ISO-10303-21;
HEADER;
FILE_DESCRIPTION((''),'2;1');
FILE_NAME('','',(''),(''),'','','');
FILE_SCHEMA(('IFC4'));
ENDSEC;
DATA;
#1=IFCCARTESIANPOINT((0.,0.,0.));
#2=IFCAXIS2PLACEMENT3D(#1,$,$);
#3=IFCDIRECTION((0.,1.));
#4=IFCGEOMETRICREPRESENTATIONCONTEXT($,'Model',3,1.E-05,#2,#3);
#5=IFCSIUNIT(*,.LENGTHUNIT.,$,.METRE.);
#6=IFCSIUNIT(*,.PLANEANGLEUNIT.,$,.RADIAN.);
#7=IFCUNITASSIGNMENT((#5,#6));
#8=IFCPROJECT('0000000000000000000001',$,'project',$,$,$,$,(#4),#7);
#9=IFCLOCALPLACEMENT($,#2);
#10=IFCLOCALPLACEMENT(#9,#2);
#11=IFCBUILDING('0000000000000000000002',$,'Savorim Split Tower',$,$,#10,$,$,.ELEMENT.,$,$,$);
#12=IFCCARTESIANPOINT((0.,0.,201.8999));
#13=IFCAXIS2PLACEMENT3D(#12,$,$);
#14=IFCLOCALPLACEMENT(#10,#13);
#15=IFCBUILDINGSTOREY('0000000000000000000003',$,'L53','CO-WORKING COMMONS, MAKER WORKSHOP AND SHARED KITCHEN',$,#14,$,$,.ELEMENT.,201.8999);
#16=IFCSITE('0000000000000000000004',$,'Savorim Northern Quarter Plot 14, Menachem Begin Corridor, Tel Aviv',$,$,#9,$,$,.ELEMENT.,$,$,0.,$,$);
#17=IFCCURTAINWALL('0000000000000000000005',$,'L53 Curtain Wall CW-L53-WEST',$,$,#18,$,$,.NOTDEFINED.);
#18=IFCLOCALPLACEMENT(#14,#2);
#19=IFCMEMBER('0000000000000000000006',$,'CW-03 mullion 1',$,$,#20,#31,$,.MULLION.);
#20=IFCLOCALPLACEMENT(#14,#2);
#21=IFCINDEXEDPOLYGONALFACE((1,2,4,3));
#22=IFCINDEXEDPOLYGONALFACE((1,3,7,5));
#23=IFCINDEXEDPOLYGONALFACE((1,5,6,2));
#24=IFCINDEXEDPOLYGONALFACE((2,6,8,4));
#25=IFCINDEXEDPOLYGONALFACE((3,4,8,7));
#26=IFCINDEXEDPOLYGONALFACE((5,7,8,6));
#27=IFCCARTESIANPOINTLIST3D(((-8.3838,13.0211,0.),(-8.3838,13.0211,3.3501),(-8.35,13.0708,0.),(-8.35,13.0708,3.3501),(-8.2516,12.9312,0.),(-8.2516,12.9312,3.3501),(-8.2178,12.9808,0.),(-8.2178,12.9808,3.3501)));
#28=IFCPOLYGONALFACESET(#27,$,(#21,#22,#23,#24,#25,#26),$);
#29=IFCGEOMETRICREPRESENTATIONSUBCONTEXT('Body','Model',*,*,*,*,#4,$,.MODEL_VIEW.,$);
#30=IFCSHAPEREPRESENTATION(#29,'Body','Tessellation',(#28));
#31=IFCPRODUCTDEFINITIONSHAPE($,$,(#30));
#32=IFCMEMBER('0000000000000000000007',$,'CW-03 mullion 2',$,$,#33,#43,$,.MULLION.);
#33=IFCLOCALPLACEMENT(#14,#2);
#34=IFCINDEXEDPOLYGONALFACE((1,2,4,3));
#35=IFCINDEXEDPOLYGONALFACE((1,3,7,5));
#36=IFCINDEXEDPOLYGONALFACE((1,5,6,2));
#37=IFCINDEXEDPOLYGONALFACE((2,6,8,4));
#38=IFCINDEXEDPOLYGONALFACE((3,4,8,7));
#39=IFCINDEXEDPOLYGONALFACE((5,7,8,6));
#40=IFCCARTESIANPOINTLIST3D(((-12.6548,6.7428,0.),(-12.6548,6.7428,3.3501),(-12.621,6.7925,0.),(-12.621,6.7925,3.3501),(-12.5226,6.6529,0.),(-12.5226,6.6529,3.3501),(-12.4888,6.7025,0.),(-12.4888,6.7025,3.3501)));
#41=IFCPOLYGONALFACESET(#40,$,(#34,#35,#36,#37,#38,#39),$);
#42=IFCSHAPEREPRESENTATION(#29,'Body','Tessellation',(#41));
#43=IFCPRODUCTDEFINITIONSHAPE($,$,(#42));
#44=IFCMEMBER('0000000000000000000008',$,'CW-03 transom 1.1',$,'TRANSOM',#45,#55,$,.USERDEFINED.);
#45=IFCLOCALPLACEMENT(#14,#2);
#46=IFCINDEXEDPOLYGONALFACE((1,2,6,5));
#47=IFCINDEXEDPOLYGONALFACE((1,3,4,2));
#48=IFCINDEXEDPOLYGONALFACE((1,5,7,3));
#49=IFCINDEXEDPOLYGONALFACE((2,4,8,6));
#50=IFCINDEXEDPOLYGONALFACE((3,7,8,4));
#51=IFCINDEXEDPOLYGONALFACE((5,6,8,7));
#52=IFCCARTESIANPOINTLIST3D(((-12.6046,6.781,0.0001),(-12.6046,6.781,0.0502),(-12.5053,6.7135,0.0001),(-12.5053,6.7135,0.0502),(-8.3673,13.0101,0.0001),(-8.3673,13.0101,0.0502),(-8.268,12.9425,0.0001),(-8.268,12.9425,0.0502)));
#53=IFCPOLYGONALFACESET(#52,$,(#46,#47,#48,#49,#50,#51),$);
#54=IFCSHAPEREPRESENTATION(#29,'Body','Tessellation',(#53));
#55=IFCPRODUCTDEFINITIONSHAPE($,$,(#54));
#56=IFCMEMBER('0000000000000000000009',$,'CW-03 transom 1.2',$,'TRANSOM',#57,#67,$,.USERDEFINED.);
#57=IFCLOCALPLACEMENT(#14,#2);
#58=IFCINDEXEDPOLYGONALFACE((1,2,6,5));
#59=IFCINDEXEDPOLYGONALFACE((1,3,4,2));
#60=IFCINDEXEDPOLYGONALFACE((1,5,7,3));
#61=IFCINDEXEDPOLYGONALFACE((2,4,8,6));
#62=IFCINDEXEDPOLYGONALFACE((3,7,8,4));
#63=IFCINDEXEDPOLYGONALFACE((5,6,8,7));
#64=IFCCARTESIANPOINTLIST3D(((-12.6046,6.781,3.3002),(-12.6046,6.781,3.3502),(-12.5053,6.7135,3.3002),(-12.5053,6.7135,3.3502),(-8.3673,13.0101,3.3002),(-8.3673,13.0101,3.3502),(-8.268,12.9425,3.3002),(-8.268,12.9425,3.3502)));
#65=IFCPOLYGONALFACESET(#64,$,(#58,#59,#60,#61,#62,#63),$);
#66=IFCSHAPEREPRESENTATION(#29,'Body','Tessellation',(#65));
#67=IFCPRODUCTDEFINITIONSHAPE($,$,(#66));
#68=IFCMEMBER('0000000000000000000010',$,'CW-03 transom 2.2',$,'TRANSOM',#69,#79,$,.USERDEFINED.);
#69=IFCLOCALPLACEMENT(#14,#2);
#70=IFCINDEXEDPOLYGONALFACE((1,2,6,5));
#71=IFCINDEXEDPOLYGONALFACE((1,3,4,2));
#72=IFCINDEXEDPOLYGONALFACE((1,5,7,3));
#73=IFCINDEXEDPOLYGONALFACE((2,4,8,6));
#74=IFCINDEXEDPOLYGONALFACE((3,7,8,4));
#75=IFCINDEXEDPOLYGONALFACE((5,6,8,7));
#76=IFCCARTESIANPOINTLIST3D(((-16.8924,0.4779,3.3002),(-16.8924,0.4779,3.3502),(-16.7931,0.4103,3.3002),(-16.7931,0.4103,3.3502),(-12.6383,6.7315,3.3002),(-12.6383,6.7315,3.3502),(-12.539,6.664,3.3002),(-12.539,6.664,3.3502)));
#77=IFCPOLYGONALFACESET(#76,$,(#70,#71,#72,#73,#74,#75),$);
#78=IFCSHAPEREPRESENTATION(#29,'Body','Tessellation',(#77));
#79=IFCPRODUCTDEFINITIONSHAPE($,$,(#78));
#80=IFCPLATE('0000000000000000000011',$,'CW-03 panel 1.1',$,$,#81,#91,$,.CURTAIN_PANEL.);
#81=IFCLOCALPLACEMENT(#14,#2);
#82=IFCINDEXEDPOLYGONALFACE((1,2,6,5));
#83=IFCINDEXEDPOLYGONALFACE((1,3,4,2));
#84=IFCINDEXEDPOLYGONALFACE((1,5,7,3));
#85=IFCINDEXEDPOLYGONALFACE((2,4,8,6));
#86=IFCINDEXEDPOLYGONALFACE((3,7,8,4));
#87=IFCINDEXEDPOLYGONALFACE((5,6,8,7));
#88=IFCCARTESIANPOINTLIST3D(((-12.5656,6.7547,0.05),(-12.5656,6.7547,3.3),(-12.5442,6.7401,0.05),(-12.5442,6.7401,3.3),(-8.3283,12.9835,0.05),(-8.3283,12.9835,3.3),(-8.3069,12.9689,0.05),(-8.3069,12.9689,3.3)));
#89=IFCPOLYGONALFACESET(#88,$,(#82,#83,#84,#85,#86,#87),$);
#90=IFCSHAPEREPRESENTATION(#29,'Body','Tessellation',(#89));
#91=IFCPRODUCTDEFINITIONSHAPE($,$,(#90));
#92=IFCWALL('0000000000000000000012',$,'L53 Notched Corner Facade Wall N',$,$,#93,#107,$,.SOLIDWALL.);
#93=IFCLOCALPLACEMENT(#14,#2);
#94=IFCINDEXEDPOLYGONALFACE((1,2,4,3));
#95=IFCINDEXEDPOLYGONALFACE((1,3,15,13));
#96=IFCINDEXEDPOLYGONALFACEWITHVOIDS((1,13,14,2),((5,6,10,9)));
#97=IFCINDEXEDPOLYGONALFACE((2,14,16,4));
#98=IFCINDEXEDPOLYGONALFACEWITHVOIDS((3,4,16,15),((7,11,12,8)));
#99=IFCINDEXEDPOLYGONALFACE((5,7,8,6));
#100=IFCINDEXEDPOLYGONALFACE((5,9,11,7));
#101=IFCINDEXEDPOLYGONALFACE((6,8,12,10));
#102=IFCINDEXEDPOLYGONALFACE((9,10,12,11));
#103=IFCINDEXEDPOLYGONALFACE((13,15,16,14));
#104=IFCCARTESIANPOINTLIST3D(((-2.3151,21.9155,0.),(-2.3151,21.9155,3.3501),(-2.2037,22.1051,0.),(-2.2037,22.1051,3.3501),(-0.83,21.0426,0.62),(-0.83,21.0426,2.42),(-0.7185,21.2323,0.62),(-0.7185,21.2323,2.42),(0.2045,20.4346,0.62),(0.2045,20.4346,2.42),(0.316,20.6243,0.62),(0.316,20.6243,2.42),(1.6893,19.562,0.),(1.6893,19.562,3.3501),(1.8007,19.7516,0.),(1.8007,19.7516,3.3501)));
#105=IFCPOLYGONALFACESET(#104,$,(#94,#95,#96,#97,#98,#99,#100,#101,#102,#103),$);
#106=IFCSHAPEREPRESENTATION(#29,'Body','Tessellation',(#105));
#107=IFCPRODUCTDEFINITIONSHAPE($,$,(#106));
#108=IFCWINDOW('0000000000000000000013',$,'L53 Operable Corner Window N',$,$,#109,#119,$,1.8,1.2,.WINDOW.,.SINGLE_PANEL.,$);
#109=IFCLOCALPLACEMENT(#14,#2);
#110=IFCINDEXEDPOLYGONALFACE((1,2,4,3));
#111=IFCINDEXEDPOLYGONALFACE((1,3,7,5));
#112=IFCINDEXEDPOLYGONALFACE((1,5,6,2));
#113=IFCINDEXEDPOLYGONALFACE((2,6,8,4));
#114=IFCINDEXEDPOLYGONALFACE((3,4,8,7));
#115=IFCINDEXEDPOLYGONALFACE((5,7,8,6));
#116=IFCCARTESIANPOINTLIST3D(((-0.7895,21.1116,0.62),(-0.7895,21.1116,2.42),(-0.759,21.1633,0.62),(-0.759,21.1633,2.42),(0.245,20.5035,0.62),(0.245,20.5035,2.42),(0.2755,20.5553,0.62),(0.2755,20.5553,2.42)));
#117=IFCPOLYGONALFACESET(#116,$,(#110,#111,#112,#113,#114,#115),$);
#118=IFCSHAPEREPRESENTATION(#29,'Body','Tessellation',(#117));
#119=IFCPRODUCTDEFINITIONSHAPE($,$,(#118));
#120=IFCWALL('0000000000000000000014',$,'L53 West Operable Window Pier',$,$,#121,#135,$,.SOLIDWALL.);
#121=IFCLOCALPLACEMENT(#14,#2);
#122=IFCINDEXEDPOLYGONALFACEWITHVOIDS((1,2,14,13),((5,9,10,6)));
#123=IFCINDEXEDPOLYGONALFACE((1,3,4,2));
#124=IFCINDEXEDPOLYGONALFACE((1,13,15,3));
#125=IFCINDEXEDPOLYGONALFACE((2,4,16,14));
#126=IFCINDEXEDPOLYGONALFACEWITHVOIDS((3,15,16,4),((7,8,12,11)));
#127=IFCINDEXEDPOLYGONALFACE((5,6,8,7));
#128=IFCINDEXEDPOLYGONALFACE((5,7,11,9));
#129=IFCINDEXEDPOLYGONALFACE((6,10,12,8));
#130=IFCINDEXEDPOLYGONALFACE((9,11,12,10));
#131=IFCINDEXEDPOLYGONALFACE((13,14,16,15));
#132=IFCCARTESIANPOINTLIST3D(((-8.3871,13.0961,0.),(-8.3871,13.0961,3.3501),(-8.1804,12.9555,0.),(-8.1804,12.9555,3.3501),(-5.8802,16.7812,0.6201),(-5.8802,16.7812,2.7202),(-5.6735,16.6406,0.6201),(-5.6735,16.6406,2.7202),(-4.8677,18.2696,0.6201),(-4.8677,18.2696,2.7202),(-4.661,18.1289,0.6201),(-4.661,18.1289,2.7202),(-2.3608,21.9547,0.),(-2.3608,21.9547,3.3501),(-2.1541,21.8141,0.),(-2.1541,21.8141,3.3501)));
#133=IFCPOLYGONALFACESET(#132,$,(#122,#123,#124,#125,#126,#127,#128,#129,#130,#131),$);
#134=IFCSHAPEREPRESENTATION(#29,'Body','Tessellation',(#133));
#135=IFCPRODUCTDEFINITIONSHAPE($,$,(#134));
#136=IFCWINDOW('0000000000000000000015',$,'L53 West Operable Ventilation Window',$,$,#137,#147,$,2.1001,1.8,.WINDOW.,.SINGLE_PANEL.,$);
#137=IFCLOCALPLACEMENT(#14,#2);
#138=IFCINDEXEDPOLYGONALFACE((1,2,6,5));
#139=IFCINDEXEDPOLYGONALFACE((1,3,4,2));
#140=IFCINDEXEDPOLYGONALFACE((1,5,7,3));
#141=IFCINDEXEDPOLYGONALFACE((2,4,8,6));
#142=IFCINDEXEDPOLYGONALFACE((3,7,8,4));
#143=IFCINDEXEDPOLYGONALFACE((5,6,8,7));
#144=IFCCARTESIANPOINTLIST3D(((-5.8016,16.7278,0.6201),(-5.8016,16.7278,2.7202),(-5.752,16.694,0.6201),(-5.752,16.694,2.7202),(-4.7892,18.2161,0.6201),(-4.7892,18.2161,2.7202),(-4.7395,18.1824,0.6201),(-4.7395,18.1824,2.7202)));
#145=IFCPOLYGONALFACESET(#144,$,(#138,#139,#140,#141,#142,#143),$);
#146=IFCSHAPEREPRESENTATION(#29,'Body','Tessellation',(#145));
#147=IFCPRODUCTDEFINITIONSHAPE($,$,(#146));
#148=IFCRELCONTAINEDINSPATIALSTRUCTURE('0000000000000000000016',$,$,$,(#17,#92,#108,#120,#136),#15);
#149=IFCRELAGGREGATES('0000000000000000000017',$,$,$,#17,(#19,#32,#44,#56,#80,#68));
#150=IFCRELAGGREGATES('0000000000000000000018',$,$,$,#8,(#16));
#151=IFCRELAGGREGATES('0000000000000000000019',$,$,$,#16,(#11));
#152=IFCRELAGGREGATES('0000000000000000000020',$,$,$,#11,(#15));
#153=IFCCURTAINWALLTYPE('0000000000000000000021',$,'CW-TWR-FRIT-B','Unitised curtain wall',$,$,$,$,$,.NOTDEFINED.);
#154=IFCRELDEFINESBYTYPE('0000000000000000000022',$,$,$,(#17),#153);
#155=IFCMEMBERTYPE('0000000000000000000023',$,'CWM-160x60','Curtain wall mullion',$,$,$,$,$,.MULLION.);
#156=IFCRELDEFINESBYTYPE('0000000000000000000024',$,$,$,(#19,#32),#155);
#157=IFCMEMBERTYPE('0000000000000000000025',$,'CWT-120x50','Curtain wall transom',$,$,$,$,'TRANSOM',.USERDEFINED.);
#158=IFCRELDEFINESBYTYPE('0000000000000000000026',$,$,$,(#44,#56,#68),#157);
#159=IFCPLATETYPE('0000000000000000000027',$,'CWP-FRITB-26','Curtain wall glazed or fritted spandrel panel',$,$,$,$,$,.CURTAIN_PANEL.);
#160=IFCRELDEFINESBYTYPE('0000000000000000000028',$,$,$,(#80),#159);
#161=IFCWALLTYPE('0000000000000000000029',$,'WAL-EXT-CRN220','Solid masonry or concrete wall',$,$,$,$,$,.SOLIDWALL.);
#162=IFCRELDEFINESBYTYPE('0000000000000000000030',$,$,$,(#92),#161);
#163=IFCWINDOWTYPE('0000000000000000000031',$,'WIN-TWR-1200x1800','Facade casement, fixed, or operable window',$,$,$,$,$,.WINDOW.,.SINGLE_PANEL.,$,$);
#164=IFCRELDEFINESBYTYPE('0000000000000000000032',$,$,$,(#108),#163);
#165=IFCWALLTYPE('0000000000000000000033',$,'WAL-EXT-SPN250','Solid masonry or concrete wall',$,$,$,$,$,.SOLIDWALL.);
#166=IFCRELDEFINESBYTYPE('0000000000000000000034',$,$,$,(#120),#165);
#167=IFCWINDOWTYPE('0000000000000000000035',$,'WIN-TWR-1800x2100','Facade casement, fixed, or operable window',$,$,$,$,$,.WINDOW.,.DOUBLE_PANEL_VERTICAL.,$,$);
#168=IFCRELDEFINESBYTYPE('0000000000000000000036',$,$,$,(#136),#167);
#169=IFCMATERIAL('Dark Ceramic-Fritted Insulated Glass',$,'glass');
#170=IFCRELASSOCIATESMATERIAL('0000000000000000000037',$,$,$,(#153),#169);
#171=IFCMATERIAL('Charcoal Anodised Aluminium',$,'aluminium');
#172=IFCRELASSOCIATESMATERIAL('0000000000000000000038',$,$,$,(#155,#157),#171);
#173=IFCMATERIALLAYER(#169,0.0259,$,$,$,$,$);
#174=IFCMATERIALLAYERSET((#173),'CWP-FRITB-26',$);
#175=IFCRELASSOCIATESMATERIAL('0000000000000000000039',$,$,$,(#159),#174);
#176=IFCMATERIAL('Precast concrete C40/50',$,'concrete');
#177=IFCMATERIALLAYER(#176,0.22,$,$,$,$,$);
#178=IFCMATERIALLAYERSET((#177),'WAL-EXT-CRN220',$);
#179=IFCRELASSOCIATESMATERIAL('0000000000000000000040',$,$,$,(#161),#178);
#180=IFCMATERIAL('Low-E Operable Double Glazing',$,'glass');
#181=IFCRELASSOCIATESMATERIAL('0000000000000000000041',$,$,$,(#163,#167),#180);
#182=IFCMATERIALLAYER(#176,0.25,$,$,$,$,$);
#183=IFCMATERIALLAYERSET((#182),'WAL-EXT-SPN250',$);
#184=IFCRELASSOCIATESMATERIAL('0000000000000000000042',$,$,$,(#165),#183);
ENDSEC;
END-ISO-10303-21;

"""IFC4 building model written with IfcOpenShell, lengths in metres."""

from ifc_helpers import new_model, si_unit, direction, frame, frame_2d, origin, origin_2d, place, context, subcontext, project, spatial, rectangle, extrude, material, layer, layer_set, material_profile, profile_set, type_object, element, fill, aggregate, save


model = new_model("IFC4")

# Units and contexts
model_context = context("Model", 3, precision=1e-05, world=origin(), true_north=direction((0.0, 1.0)))
body_context = subcontext(model_context, "Body", "Model", "MODEL_VIEW")
ifc_project = project(units=[si_unit("LENGTHUNIT", "METRE"), si_unit("PLANEANGLEUNIT", "RADIAN")], contexts=[model_context])

# Site, building, storey
site_placement = place(None, origin())
site = spatial("IfcSite", under=ifc_project, at=site_placement, Name="Savorim Northern Quarter Plot 14, Menachem Begin Corridor, Tel Aviv", CompositionType="ELEMENT", RefElevation=0.0)
building_placement = place(site_placement, origin())
building = spatial("IfcBuilding", under=site, at=building_placement, Name="Savorim Split Tower", CompositionType="ELEMENT")
storey_placement = place(building_placement, frame((0.0, 0.0, 201.8999)))
storey = spatial("IfcBuildingStorey", under=building, at=storey_placement, Name="L53", Description="CO-WORKING COMMONS, MAKER WORKSHOP AND SHARED KITCHEN", CompositionType="ELEMENT", Elevation=201.8999)

# Curtain wall, members, plate
ifc_material_1 = material(Name="Dark Ceramic-Fritted Insulated Glass", Category="glass")
curtain_wall_type = type_object("IfcCurtainWallType", Name="CW-TWR-FRIT-B", Description="Unitised curtain wall", PredefinedType="NOTDEFINED", material=ifc_material_1)
curtain_wall_placement = place(storey_placement, origin())
curtain_wall = element("IfcCurtainWall", 1, at=curtain_wall_placement, inside=storey, type_object=curtain_wall_type, Name="L53 Curtain Wall CW-L53-WEST", PredefinedType="NOTDEFINED")
ifc_material_2 = material(Name="Charcoal Anodised Aluminium", Category="aluminium")
ifc_material_profile_1 = material_profile(ifc_material_2, rectangle(XDim=0.1599, YDim=0.0601, at=origin_2d()), Name="ALU-M 160x60")
ifc_profile_set_1 = profile_set([ifc_material_profile_1], Name="Charcoal Anodised Aluminium")
member_type_1 = type_object("IfcMemberType", Name="CWM-160x60", Description="Curtain wall mullion", PredefinedType="MULLION", material=ifc_profile_set_1)
member_1_placement = place(storey_placement, frame((-8.3008, 13.001, 0.0), z_axis=(0.0, 0.0, 1.0), x_axis=(0.826821, -0.562465, 0.0)))
member_1 = element("IfcMember", 2, at=member_1_placement, type_object=member_type_1, Name="CW-03 mullion 1", PredefinedType="MULLION", context=body_context, shape_type="SweptSolid", body=[
    extrude(rectangle(XDim=0.1599, YDim=0.0601, at=origin_2d()), origin(), (0.0, 0.0, 1.0), 3.3501),
])
member_2_placement = place(storey_placement, frame((-12.5718, 6.7227, 0.0), z_axis=(0.0, 0.0, 1.0), x_axis=(0.826821, -0.562465, 0.0)))
member_2 = element("IfcMember", 3, at=member_2_placement, type_object=member_type_1, Name="CW-03 mullion 2", PredefinedType="MULLION", context=body_context, shape_type="SweptSolid", body=[
    extrude(rectangle(XDim=0.1599, YDim=0.0601, at=origin_2d()), origin(), (0.0, 0.0, 1.0), 3.3501),
])
ifc_material_profile_2 = material_profile(ifc_material_2, rectangle(XDim=0.1201, YDim=0.05, at=origin_2d()), Name="ALU-T 120x50")
ifc_profile_set_2 = profile_set([ifc_material_profile_2], Name="Charcoal Anodised Aluminium")
member_type_2 = type_object("IfcMemberType", Name="CWT-120x50", Description="Curtain wall transom", ElementType="TRANSOM", PredefinedType="USERDEFINED", material=ifc_profile_set_2)
member_3_placement = place(storey_placement, frame((-8.3176, 12.9763, 0.0251), z_axis=(-0.562454, -0.826829, 0.0), x_axis=(0.826829, -0.562454, 0.0)))
member_3 = element("IfcMember", 4, at=member_3_placement, type_object=member_type_2, Name="CW-03 transom 1.1", ObjectType="TRANSOM", PredefinedType="USERDEFINED", context=body_context, shape_type="SweptSolid", body=[
    extrude(rectangle(XDim=0.1201, YDim=0.05, at=origin_2d()), origin(), (0.0, 0.0, 1.0), 7.5337),
])
member_4_placement = place(storey_placement, frame((-8.3176, 12.9763, 3.3252), z_axis=(-0.562454, -0.826829, 0.0), x_axis=(0.826829, -0.562454, 0.0)))
member_4 = element("IfcMember", 5, at=member_4_placement, type_object=member_type_2, Name="CW-03 transom 1.2", ObjectType="TRANSOM", PredefinedType="USERDEFINED", context=body_context, shape_type="SweptSolid", body=[
    extrude(rectangle(XDim=0.1201, YDim=0.05, at=origin_2d()), origin(), (0.0, 0.0, 1.0), 7.5337),
])
member_5_placement = place(storey_placement, frame((-12.5886, 6.6978, 3.3252), z_axis=(-0.56246, -0.826824, 0.0), x_axis=(0.826824, -0.56246, 0.0)))
member_5 = element("IfcMember", 6, at=member_5_placement, type_object=member_type_2, Name="CW-03 transom 2.2", ObjectType="TRANSOM", PredefinedType="USERDEFINED", context=body_context, shape_type="SweptSolid", body=[
    extrude(rectangle(XDim=0.1201, YDim=0.05, at=origin_2d()), origin(), (0.0, 0.0, 1.0), 7.5635),
])
ifc_layer_1 = layer(ifc_material_1, 0.0259)
ifc_layer_set_1 = layer_set([ifc_layer_1], Name="CWP-FRITB-26")
plate_type = type_object("IfcPlateType", Name="CWP-FRITB-26", Description="Curtain wall glazed or fritted spandrel panel", PredefinedType="CURTAIN_PANEL", material=ifc_layer_set_1)
plate_placement = place(storey_placement, frame((-10.4363, 9.8618, 0.05), z_axis=(0.0, 0.0, 1.0), x_axis=(-0.562465, -0.826821, 0.0)))
plate = element("IfcPlate", 7, at=plate_placement, type_object=plate_type, Name="CW-03 panel 1.1", PredefinedType="CURTAIN_PANEL", context=body_context, shape_type="SweptSolid", body=[
    extrude(rectangle(XDim=7.5334, YDim=0.0259, at=origin_2d()), origin(), (0.0, 0.0, 1.0), 3.25),
])
aggregate(curtain_wall, [member_1, member_2, member_3, member_4, plate, member_5])

# Walls, openings, windows
ifc_material_3 = material(Name="Precast concrete C40/50", Category="concrete")
ifc_layer_2 = layer(ifc_material_3, 0.22)
ifc_layer_set_2 = layer_set([ifc_layer_2], Name="WAL-EXT-CRN220")
wall_type_1 = type_object("IfcWallType", Name="WAL-EXT-CRN220", Description="Solid masonry or concrete wall", PredefinedType="SOLIDWALL", material=ifc_layer_set_2)
wall_1_placement = place(storey_placement, frame((-2.2593, 22.0103, 0.0), z_axis=(0.0, 0.0, 1.0), x_axis=(0.862123, -0.506699, 0.0)))
wall_1 = element("IfcWall", 8, at=wall_1_placement, inside=storey, type_object=wall_type_1, Name="L53 Notched Corner Facade Wall N", PredefinedType="SOLIDWALL", context=body_context, shape_type="SweptSolid", body=[
    extrude(rectangle(XDim=4.6448, YDim=0.22, at=frame_2d((2.3223, 0.0))), origin(), (0.0, 0.0, 1.0), 3.3501),
])
opening_1_placement = place(wall_1_placement, frame((1.7224, 0.0, 0.6201)))
opening_1 = element("IfcOpeningElement", 9, at=opening_1_placement, cuts=wall_1, PredefinedType="OPENING", context=body_context, shape_type="SweptSolid", body=[
    extrude(rectangle(XDim=1.2, YDim=1.8, at=frame_2d((0.6001, 0.8999))), frame((0.0, 0.1199, 0.0), z_axis=(0.0, -1.0, 0.0), x_axis=(1.0, 0.0, 0.0)), (0.0, 0.0, 1.0), 0.24),
])
ifc_material_4 = material(Name="Low-E Operable Double Glazing", Category="glass")
window_type_1 = type_object("IfcWindowType", Name="WIN-TWR-1200x1800", Description="Facade casement, fixed, or operable window", PartitioningType="SINGLE_PANEL", PredefinedType="WINDOW", material=ifc_material_4)
window_1_placement = place(opening_1_placement, origin())
window_1 = element("IfcWindow", 10, at=window_1_placement, inside=storey, type_object=window_type_1, Name="L53 Operable Corner Window N", OverallHeight=1.8, OverallWidth=1.2, PartitioningType="SINGLE_PANEL", PredefinedType="WINDOW", context=body_context, shape_type="SweptSolid", body=[
    extrude(rectangle(XDim=1.2, YDim=1.8, at=frame_2d((0.6001, 0.8999))), frame((0.0, 0.03, 0.0), z_axis=(0.0, -1.0, 0.0), x_axis=(1.0, 0.0, 0.0)), (0.0, 0.0, 1.0), 0.0601),
])
fill(opening_1, window_1)
ifc_layer_3 = layer(ifc_material_3, 0.25)
ifc_layer_set_3 = layer_set([ifc_layer_3], Name="WAL-EXT-SPN250")
wall_type_2 = type_object("IfcWallType", Name="WAL-EXT-SPN250", Description="Solid masonry or concrete wall", PredefinedType="SOLIDWALL", material=ifc_layer_set_3)
wall_2_placement = place(storey_placement, frame((-8.2837, 13.0259, 0.0), z_axis=(0.0, 0.0, 1.0), x_axis=(0.562469, 0.826818, 0.0)))
wall_2 = element("IfcWall", 11, at=wall_2_placement, inside=storey, type_object=wall_type_2, Name="L53 West Operable Window Pier", PredefinedType="SOLIDWALL", context=body_context, shape_type="SweptSolid", body=[
    extrude(rectangle(XDim=10.7141, YDim=0.25, at=frame_2d((5.3569, 0.0))), origin(), (0.0, 0.0, 1.0), 3.3501),
])
opening_2_placement = place(wall_2_placement, frame((4.457, 0.0, 0.6201)))
opening_2 = element("IfcOpeningElement", 12, at=opening_2_placement, cuts=wall_2, PredefinedType="OPENING", context=body_context, shape_type="SweptSolid", body=[
    extrude(rectangle(XDim=1.8, YDim=2.1001, at=frame_2d((0.8999, 1.05))), frame((0.0, 0.135, 0.0), z_axis=(0.0, -1.0, 0.0), x_axis=(1.0, 0.0, 0.0)), (0.0, 0.0, 1.0), 0.27),
])
window_type_2 = type_object("IfcWindowType", Name="WIN-TWR-1800x2100", Description="Facade casement, fixed, or operable window", PartitioningType="DOUBLE_PANEL_VERTICAL", PredefinedType="WINDOW", material=ifc_material_4)
window_2_placement = place(opening_2_placement, origin())
window_2 = element("IfcWindow", 13, at=window_2_placement, inside=storey, type_object=window_type_2, Name="L53 West Operable Ventilation Window", OverallHeight=2.1001, OverallWidth=1.8, PartitioningType="SINGLE_PANEL", PredefinedType="WINDOW", context=body_context, shape_type="SweptSolid", body=[
    extrude(rectangle(XDim=1.8, YDim=2.1001, at=frame_2d((0.8999, 1.05))), frame((0.0, 0.03, 0.0), z_axis=(0.0, -1.0, 0.0), x_axis=(1.0, 0.0, 0.0)), (0.0, 0.0, 1.0), 0.0601),
])
fill(opening_2, window_2)

save(model, "model.ifc")
